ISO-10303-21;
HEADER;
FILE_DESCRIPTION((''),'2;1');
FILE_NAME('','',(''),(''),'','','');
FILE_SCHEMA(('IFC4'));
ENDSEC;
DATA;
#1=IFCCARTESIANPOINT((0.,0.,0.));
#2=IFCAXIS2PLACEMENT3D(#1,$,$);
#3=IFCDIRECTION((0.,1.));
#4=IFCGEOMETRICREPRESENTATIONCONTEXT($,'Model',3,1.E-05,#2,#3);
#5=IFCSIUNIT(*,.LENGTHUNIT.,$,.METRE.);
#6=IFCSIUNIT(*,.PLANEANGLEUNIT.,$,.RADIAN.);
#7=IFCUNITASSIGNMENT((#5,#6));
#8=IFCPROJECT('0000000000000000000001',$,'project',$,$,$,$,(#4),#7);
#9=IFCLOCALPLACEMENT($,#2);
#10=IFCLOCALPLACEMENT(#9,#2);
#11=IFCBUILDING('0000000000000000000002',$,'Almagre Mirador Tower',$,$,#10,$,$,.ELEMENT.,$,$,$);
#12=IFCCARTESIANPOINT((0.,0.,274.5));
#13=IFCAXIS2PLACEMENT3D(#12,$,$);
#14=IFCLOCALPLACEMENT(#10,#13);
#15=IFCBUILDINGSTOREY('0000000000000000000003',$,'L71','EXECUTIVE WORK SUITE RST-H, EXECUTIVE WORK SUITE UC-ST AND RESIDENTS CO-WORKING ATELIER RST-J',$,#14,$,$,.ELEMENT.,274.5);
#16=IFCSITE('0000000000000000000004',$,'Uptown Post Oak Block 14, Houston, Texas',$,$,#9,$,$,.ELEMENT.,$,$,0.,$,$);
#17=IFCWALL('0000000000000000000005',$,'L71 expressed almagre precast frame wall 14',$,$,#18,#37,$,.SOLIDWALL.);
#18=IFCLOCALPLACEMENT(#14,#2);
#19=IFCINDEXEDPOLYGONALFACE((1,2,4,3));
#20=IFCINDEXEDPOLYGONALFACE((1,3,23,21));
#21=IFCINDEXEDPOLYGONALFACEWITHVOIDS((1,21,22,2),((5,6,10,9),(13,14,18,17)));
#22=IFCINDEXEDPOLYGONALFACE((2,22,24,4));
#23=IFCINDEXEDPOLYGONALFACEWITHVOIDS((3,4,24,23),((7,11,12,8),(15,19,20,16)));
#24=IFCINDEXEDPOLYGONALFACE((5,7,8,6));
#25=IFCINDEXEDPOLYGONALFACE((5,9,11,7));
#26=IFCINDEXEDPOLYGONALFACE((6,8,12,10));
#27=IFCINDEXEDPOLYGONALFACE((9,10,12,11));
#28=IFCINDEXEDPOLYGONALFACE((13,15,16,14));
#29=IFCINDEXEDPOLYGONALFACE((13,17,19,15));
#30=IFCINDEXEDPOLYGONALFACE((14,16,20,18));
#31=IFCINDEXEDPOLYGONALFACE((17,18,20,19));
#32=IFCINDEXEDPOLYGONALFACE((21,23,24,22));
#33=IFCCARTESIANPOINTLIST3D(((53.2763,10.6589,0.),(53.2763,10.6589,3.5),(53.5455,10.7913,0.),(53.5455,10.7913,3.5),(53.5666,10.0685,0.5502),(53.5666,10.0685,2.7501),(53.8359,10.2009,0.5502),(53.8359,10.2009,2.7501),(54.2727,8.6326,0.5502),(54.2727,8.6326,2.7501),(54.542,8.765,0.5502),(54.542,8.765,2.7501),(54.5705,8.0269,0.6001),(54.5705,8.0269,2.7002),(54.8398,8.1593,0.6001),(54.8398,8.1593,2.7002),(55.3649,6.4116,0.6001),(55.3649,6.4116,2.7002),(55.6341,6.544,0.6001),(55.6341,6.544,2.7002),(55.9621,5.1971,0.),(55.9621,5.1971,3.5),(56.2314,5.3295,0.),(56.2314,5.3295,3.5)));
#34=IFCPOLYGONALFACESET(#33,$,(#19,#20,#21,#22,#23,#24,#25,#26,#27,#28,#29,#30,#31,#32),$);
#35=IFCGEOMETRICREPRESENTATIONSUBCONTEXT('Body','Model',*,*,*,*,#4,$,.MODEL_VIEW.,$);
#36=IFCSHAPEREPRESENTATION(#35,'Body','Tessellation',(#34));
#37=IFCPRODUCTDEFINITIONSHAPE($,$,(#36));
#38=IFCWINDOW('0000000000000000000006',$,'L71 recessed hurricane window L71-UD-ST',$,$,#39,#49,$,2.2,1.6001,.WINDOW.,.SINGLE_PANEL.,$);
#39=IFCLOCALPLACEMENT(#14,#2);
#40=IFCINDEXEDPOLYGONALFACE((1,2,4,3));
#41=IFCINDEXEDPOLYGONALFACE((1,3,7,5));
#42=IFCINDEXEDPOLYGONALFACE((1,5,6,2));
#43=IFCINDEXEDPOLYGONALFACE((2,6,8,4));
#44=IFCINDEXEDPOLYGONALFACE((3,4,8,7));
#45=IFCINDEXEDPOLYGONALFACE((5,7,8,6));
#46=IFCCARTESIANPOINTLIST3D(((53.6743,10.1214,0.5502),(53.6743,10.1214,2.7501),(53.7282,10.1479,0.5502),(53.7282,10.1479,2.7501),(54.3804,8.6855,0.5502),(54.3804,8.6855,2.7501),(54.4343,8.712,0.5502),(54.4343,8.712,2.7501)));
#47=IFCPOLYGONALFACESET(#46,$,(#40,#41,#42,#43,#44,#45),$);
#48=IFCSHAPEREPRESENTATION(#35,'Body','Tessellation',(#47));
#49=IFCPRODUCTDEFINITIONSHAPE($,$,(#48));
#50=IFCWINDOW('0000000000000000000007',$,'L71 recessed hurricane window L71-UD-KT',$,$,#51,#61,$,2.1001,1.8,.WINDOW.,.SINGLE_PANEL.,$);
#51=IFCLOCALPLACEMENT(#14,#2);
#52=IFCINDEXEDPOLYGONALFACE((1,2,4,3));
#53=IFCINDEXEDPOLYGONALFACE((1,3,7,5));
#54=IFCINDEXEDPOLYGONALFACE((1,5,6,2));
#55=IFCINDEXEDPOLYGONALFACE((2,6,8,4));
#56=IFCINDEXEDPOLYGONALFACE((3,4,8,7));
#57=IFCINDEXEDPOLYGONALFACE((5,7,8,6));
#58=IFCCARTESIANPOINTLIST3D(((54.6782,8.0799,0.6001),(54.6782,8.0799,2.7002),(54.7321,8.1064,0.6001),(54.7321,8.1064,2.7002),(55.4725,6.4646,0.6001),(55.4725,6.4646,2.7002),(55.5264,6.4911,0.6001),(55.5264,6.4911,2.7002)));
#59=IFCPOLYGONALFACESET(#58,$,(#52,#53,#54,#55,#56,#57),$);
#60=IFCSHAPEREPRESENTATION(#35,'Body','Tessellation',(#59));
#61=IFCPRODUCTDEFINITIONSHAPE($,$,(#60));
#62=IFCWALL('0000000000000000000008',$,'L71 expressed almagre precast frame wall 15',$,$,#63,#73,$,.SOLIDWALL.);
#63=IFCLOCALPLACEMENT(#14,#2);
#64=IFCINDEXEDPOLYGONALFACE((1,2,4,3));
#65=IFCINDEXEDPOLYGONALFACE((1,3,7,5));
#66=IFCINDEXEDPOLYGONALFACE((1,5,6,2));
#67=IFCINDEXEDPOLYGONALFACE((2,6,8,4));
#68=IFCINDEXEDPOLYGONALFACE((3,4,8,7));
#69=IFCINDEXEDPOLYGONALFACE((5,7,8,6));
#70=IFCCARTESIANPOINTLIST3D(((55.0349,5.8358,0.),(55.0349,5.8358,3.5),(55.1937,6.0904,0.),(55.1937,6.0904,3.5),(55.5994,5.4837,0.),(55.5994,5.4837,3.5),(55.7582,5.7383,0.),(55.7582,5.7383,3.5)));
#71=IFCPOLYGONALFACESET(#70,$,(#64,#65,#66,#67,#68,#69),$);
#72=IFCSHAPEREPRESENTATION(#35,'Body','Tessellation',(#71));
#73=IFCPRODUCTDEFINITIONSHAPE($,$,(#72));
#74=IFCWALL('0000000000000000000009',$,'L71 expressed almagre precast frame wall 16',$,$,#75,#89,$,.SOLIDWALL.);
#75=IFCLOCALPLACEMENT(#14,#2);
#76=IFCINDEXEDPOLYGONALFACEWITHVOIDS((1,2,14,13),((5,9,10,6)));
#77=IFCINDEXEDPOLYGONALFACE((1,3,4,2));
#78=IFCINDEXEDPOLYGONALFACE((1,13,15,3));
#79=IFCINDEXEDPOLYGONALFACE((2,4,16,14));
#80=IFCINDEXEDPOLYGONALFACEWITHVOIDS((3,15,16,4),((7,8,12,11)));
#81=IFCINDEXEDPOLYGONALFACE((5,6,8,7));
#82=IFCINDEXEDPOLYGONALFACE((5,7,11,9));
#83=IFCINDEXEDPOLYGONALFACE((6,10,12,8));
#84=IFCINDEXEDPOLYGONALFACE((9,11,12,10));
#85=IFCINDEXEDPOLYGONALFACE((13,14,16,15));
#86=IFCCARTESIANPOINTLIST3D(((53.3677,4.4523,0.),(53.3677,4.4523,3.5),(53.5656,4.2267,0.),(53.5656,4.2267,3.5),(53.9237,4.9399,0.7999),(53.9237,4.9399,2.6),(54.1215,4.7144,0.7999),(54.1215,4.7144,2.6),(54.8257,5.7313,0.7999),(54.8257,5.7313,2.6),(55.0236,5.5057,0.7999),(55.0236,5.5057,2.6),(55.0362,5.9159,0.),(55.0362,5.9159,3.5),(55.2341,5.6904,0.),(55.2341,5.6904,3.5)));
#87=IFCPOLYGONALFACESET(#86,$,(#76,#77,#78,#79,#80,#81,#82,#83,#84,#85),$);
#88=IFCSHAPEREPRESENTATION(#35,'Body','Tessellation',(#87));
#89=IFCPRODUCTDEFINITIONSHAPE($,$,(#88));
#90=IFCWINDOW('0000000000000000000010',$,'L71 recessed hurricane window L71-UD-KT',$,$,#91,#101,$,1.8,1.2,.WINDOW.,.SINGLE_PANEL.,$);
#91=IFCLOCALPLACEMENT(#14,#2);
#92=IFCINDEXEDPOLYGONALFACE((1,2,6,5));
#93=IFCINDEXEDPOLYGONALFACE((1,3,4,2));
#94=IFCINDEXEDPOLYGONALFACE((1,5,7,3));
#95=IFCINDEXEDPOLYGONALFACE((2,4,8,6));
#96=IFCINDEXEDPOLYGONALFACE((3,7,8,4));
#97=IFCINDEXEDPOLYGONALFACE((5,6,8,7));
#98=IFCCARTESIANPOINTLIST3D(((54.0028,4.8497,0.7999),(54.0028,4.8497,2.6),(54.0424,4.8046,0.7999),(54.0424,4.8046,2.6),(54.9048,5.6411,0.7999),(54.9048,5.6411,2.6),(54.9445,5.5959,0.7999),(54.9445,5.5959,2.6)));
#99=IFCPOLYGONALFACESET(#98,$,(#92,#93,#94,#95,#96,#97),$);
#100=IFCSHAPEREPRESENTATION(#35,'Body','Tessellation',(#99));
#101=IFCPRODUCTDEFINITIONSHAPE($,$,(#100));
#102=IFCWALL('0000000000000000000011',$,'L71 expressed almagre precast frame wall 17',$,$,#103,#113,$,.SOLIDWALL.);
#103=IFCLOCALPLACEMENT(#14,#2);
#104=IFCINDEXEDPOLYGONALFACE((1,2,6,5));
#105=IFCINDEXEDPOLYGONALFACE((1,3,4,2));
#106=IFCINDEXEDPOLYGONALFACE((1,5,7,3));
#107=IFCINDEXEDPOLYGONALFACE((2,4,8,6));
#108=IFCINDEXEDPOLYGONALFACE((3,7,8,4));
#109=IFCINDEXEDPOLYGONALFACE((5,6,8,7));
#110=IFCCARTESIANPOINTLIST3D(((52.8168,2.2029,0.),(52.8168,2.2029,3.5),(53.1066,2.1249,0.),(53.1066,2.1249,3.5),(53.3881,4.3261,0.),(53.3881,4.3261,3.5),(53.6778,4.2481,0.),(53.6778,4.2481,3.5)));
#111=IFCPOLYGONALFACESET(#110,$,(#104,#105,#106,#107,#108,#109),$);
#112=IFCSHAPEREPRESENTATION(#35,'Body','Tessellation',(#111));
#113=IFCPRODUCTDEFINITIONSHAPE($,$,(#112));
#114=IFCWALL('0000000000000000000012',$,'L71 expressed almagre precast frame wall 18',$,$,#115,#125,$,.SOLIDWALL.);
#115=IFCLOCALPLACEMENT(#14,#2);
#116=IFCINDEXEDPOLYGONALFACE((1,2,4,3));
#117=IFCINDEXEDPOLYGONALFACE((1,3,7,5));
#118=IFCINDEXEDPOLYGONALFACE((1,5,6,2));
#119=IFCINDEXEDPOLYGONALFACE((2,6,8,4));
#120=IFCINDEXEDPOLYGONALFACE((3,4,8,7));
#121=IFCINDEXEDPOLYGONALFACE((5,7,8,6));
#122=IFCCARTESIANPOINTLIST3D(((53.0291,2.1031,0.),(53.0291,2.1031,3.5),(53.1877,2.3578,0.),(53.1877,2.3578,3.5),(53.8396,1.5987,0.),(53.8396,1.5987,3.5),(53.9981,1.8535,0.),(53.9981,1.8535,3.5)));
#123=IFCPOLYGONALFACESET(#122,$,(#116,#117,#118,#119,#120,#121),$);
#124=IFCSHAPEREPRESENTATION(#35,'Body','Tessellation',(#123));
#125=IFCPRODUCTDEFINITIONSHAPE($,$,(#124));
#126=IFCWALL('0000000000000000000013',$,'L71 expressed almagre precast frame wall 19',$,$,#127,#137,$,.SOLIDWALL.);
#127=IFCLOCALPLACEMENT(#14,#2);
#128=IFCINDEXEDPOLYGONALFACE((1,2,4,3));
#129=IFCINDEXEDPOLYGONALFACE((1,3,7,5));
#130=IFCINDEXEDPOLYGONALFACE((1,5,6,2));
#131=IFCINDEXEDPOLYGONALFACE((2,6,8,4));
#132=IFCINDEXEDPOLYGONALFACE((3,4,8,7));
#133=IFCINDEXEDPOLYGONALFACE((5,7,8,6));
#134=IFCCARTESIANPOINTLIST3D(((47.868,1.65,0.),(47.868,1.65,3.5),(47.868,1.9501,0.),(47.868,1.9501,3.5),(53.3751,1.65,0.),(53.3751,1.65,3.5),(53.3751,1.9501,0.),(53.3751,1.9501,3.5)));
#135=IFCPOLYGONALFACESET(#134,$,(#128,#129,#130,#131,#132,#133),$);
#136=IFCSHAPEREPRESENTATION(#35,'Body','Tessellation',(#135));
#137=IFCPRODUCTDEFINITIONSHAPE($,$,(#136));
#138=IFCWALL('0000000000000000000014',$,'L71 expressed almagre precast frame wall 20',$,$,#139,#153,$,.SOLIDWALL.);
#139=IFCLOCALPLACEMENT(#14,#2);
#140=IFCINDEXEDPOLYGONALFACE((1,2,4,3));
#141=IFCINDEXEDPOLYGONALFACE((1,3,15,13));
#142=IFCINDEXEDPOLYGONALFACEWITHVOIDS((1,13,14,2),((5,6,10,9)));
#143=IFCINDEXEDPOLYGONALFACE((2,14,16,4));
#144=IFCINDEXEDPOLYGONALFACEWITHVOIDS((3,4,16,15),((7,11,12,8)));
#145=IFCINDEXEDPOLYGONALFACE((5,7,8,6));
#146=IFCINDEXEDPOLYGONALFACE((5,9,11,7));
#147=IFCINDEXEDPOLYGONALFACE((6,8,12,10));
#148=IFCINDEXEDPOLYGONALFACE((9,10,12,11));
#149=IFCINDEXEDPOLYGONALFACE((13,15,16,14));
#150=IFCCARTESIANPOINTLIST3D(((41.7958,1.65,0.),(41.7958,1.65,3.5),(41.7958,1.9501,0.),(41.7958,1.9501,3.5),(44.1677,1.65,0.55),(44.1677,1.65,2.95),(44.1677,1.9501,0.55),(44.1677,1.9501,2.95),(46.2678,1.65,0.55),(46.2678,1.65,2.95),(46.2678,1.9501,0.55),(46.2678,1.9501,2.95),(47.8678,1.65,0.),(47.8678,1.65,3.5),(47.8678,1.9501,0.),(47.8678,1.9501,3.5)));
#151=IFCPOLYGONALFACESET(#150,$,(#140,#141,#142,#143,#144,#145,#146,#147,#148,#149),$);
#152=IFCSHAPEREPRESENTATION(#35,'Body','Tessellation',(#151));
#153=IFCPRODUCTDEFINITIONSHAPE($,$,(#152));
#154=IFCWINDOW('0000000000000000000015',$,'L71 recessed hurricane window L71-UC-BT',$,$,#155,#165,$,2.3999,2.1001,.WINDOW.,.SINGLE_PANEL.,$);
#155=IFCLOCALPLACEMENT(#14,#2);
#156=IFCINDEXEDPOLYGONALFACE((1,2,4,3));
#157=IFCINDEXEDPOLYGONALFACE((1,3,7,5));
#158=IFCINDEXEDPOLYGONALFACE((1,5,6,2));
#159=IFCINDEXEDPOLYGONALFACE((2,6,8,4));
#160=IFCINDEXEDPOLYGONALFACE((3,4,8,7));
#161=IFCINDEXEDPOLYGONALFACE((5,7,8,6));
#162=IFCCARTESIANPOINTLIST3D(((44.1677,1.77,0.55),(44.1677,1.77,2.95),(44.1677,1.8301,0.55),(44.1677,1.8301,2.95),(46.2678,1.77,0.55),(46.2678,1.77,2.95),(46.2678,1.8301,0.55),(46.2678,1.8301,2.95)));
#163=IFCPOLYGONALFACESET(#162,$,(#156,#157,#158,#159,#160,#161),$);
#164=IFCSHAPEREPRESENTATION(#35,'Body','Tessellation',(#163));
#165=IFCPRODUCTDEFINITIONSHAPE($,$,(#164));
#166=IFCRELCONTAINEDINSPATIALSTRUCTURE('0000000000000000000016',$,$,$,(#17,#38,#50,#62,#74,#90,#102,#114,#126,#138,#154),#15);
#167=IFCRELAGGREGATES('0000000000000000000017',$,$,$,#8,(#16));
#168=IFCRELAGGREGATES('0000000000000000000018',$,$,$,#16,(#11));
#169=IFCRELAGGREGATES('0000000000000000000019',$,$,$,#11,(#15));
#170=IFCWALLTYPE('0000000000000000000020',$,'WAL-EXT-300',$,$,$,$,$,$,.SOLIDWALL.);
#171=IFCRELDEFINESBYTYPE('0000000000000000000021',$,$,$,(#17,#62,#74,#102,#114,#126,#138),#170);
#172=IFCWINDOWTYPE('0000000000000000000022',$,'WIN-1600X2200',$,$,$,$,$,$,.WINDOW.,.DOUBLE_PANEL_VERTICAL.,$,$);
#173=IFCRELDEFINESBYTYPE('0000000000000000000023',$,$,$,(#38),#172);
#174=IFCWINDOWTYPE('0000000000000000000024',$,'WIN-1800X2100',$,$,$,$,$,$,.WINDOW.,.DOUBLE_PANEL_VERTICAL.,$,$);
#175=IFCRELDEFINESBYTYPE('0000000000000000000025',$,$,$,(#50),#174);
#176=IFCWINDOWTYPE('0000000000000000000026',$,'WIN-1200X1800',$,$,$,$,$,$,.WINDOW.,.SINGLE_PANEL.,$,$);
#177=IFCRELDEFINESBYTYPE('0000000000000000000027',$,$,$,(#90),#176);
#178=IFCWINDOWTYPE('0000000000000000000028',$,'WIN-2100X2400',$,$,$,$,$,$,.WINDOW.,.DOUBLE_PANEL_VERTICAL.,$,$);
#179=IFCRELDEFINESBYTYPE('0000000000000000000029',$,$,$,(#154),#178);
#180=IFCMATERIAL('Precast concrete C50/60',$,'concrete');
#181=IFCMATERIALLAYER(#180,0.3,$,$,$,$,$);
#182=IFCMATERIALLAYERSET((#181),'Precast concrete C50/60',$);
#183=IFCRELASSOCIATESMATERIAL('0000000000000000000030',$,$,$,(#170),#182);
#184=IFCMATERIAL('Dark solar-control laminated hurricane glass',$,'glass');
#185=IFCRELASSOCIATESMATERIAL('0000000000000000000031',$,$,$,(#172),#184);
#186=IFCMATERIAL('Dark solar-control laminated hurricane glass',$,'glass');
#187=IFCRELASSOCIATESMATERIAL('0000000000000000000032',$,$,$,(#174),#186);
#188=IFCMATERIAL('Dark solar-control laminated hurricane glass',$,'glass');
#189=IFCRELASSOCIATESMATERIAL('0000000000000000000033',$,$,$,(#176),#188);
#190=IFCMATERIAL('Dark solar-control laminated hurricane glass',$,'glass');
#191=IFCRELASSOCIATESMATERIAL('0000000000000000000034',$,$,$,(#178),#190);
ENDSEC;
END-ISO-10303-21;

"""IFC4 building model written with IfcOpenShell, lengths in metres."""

from ifc_helpers import new_model, si_unit, direction, frame, frame_2d, origin, place, context, subcontext, project, spatial, rectangle, extrude, material, layer, layer_set, type_object, element, fill, save


model = new_model("IFC4")

# Units and contexts
model_context = context("Model", 3, precision=1e-05, world=origin(), true_north=direction((0.0, 1.0)))
body_context = subcontext(model_context, "Body", "Model", "MODEL_VIEW")
ifc_project = project(units=[si_unit("LENGTHUNIT", "METRE"), si_unit("PLANEANGLEUNIT", "RADIAN")], contexts=[model_context])

# Site, building, storey
site_placement = place(None, origin())
site = spatial("IfcSite", under=ifc_project, at=site_placement, Name="Uptown Post Oak Block 14, Houston, Texas", CompositionType="ELEMENT", RefElevation=0.0)
building_placement = place(site_placement, origin())
building = spatial("IfcBuilding", under=site, at=building_placement, Name="Almagre Mirador Tower", CompositionType="ELEMENT")
storey_placement = place(building_placement, frame((0.0, 0.0, 274.5)))
storey = spatial("IfcBuildingStorey", under=building, at=storey_placement, Name="L71", Description="EXECUTIVE WORK SUITE RST-H, EXECUTIVE WORK SUITE UC-ST AND RESIDENTS CO-WORKING ATELIER RST-J", CompositionType="ELEMENT", Elevation=274.5)

# Wall, openings, windows
ifc_material_1 = material(Name="Precast concrete C50/60", Category="concrete")
ifc_layer_1 = layer(ifc_material_1, 0.3)
ifc_layer_set_1 = layer_set([ifc_layer_1], Name="Precast concrete C50/60")
wall_type_1 = type_object("IfcWallType", Name="WAL-EXT-300", PredefinedType="SOLIDWALL", material=ifc_layer_set_1)
wall_1_placement = place(storey_placement, frame((53.4109, 10.7251, 0.0), z_axis=(0.0, 0.0, 1.0), x_axis=(0.441283, -0.897368, 0.0)))
wall_1 = element("IfcWall", 1, at=wall_1_placement, inside=storey, type_object=wall_type_1, Name="L71 expressed almagre precast frame wall 14", PredefinedType="SOLIDWALL", context=body_context, shape_type="SweptSolid", body=[
    extrude(rectangle(XDim=6.0864, YDim=0.3, at=frame_2d((3.0432, 0.0))), origin(), (0.0, 0.0, 1.0), 3.5),
])
opening_1_placement = place(wall_1_placement, frame((0.658, 0.0, 0.55)))
opening_1 = element("IfcOpeningElement", 2, at=opening_1_placement, cuts=wall_1, PredefinedType="OPENING", context=body_context, shape_type="SweptSolid", body=[
    extrude(rectangle(XDim=1.6001, YDim=2.2, at=frame_2d((0.8, 1.1001))), frame((0.0, 0.1599, 0.0), z_axis=(0.0, -1.0, 0.0), x_axis=(1.0, 0.0, 0.0)), (0.0, 0.0, 1.0), 0.32),
])
opening_2_placement = place(wall_1_placement, frame((2.9331, 0.0, 0.6001)))
opening_2 = element("IfcOpeningElement", 3, at=opening_2_placement, cuts=wall_1, PredefinedType="OPENING", context=body_context, shape_type="SweptSolid", body=[
    extrude(rectangle(XDim=1.8, YDim=2.1001, at=frame_2d((0.8999, 1.05))), frame((0.0, 0.1599, 0.0), z_axis=(0.0, -1.0, 0.0), x_axis=(1.0, 0.0, 0.0)), (0.0, 0.0, 1.0), 0.32),
])
ifc_material_2 = material(Name="Dark solar-control laminated hurricane glass", Category="glass")
window_type_1 = type_object("IfcWindowType", Name="WIN-1600X2200", PartitioningType="DOUBLE_PANEL_VERTICAL", PredefinedType="WINDOW", material=ifc_material_2)
window_1_placement = place(opening_1_placement, origin())
window_1 = element("IfcWindow", 4, at=window_1_placement, inside=storey, type_object=window_type_1, Name="L71 recessed hurricane window L71-UD-ST", OverallHeight=2.2, OverallWidth=1.6001, PartitioningType="SINGLE_PANEL", PredefinedType="WINDOW", context=body_context, shape_type="SweptSolid", body=[
    extrude(rectangle(XDim=1.6001, YDim=2.2, at=frame_2d((0.8, 1.1001))), frame((0.0, 0.03, 0.0), z_axis=(0.0, -1.0, 0.0), x_axis=(1.0, 0.0, 0.0)), (0.0, 0.0, 1.0), 0.0601),
])
fill(opening_1, window_1)
ifc_material_3 = material(Name="Dark solar-control laminated hurricane glass", Category="glass")
window_type_2 = type_object("IfcWindowType", Name="WIN-1800X2100", PartitioningType="DOUBLE_PANEL_VERTICAL", PredefinedType="WINDOW", material=ifc_material_3)
window_2_placement = place(opening_2_placement, origin())
window_2 = element("IfcWindow", 5, at=window_2_placement, inside=storey, type_object=window_type_2, Name="L71 recessed hurricane window L71-UD-KT", OverallHeight=2.1001, OverallWidth=1.8, PartitioningType="SINGLE_PANEL", PredefinedType="WINDOW", context=body_context, shape_type="SweptSolid", body=[
    extrude(rectangle(XDim=1.8, YDim=2.1001, at=frame_2d((0.8999, 1.05))), frame((0.0, 0.03, 0.0), z_axis=(0.0, -1.0, 0.0), x_axis=(1.0, 0.0, 0.0)), (0.0, 0.0, 1.0), 0.0601),
])
fill(opening_2, window_2)

# Wall
wall_2_placement = place(storey_placement, frame((55.6787, 5.6111, 0.0), z_axis=(0.0, 0.0, 1.0), x_axis=(-0.848493, 0.529207, 0.0)))
element("IfcWall", 6, at=wall_2_placement, inside=storey, type_object=wall_type_1, Name="L71 expressed almagre precast frame wall 15", PredefinedType="SOLIDWALL", context=body_context, shape_type="SweptSolid", body=[
    extrude(rectangle(XDim=0.6653, YDim=0.3, at=frame_2d((0.3325, 0.0))), origin(), (0.0, 0.0, 1.0), 3.5),
])

# Wall, opening, window
wall_3_placement = place(storey_placement, frame((55.1353, 5.8032, 0.0), z_axis=(0.0, 0.0, 1.0), x_axis=(-0.751745, -0.659454, 0.0)))
wall_3 = element("IfcWall", 7, at=wall_3_placement, inside=storey, type_object=wall_type_1, Name="L71 expressed almagre precast frame wall 16", PredefinedType="SOLIDWALL", context=body_context, shape_type="SweptSolid", body=[
    extrude(rectangle(XDim=2.2195, YDim=0.3, at=frame_2d((1.1099, 0.0))), origin(), (0.0, 0.0, 1.0), 3.5),
])
opening_3_placement = place(wall_3_placement, frame((0.28, 0.0, 0.8)))
opening_3 = element("IfcOpeningElement", 8, at=opening_3_placement, cuts=wall_3, PredefinedType="OPENING", context=body_context, shape_type="SweptSolid", body=[
    extrude(rectangle(XDim=1.2, YDim=1.8, at=frame_2d((0.6001, 0.8999))), frame((0.0, 0.1599, 0.0), z_axis=(0.0, -1.0, 0.0), x_axis=(1.0, 0.0, 0.0)), (0.0, 0.0, 1.0), 0.32),
])
ifc_material_4 = material(Name="Dark solar-control laminated hurricane glass", Category="glass")
window_type_3 = type_object("IfcWindowType", Name="WIN-1200X1800", PartitioningType="SINGLE_PANEL", PredefinedType="WINDOW", material=ifc_material_4)
window_3_placement = place(opening_3_placement, origin())
window_3 = element("IfcWindow", 9, at=window_3_placement, inside=storey, type_object=window_type_3, Name="L71 recessed hurricane window L71-UD-KT", OverallHeight=1.8, OverallWidth=1.2, PartitioningType="SINGLE_PANEL", PredefinedType="WINDOW", context=body_context, shape_type="SweptSolid", body=[
    extrude(rectangle(XDim=1.2, YDim=1.8, at=frame_2d((0.6001, 0.8999))), frame((0.0, 0.03, 0.0), z_axis=(0.0, -1.0, 0.0), x_axis=(1.0, 0.0, 0.0)), (0.0, 0.0, 1.0), 0.0601),
])
fill(opening_3, window_3)

# Walls
wall_4_placement = place(storey_placement, frame((53.533, 4.2871, 0.0), z_axis=(0.0, 0.0, 1.0), x_axis=(-0.259818, -0.965658, 0.0)))
element("IfcWall", 10, at=wall_4_placement, inside=storey, type_object=wall_type_1, Name="L71 expressed almagre precast frame wall 17", PredefinedType="SOLIDWALL", context=body_context, shape_type="SweptSolid", body=[
    extrude(rectangle(XDim=2.1987, YDim=0.3, at=frame_2d((1.0994, 0.0))), origin(), (0.0, 0.0, 1.0), 3.5),
])
wall_5_placement = place(storey_placement, frame((53.1084, 2.2305, 0.0), z_axis=(0.0, 0.0, 1.0), x_axis=(0.849031, -0.528343, 0.0)))
element("IfcWall", 11, at=wall_5_placement, inside=storey, type_object=wall_type_1, Name="L71 expressed almagre precast frame wall 18", PredefinedType="SOLIDWALL", context=body_context, shape_type="SweptSolid", body=[
    extrude(rectangle(XDim=0.9546, YDim=0.3, at=frame_2d((0.4773, 0.0))), origin(), (0.0, 0.0, 1.0), 3.5),
])
wall_6_placement = place(storey_placement, frame((53.375, 1.8, 0.0), z_axis=(0.0, 0.0, 1.0), x_axis=(-1.0, 0.0, 0.0)))
element("IfcWall", 12, at=wall_6_placement, inside=storey, type_object=wall_type_1, Name="L71 expressed almagre precast frame wall 19", PredefinedType="SOLIDWALL", context=body_context, shape_type="SweptSolid", body=[
    extrude(rectangle(XDim=5.5071, YDim=0.3, at=frame_2d((2.7534, 0.0))), origin(), (0.0, 0.0, 1.0), 3.5),
])

# Wall, opening, window
wall_7_placement = place(storey_placement, frame((47.8679, 1.8, 0.0), z_axis=(0.0, 0.0, 1.0), x_axis=(-1.0, 0.0, 0.0)))
wall_7 = element("IfcWall", 13, at=wall_7_placement, inside=storey, type_object=wall_type_1, Name="L71 expressed almagre precast frame wall 20", PredefinedType="SOLIDWALL", context=body_context, shape_type="SweptSolid", body=[
    extrude(rectangle(XDim=6.072, YDim=0.3, at=frame_2d((3.0361, 0.0))), origin(), (0.0, 0.0, 1.0), 3.5),
])
opening_4_placement = place(wall_7_placement, frame((1.6001, 0.0, 0.55)))
opening_4 = element("IfcOpeningElement", 14, at=opening_4_placement, cuts=wall_7, PredefinedType="OPENING", context=body_context, shape_type="SweptSolid", body=[
    extrude(rectangle(XDim=2.1001, YDim=2.3999, at=frame_2d((1.05, 1.2))), frame((0.0, 0.1599, 0.0), z_axis=(0.0, -1.0, 0.0), x_axis=(1.0, 0.0, 0.0)), (0.0, 0.0, 1.0), 0.32),
])
ifc_material_5 = material(Name="Dark solar-control laminated hurricane glass", Category="glass")
window_type_4 = type_object("IfcWindowType", Name="WIN-2100X2400", PartitioningType="DOUBLE_PANEL_VERTICAL", PredefinedType="WINDOW", material=ifc_material_5)
window_4_placement = place(opening_4_placement, origin())
window_4 = element("IfcWindow", 15, at=window_4_placement, inside=storey, type_object=window_type_4, Name="L71 recessed hurricane window L71-UC-BT", OverallHeight=2.3999, OverallWidth=2.1001, PartitioningType="SINGLE_PANEL", PredefinedType="WINDOW", context=body_context, shape_type="SweptSolid", body=[
    extrude(rectangle(XDim=2.1001, YDim=2.3999, at=frame_2d((1.05, 1.2))), frame((0.0, 0.03, 0.0), z_axis=(0.0, -1.0, 0.0), x_axis=(1.0, 0.0, 0.0)), (0.0, 0.0, 1.0), 0.0601),
])
fill(opening_4, window_4)

save(model, "model.ifc")
